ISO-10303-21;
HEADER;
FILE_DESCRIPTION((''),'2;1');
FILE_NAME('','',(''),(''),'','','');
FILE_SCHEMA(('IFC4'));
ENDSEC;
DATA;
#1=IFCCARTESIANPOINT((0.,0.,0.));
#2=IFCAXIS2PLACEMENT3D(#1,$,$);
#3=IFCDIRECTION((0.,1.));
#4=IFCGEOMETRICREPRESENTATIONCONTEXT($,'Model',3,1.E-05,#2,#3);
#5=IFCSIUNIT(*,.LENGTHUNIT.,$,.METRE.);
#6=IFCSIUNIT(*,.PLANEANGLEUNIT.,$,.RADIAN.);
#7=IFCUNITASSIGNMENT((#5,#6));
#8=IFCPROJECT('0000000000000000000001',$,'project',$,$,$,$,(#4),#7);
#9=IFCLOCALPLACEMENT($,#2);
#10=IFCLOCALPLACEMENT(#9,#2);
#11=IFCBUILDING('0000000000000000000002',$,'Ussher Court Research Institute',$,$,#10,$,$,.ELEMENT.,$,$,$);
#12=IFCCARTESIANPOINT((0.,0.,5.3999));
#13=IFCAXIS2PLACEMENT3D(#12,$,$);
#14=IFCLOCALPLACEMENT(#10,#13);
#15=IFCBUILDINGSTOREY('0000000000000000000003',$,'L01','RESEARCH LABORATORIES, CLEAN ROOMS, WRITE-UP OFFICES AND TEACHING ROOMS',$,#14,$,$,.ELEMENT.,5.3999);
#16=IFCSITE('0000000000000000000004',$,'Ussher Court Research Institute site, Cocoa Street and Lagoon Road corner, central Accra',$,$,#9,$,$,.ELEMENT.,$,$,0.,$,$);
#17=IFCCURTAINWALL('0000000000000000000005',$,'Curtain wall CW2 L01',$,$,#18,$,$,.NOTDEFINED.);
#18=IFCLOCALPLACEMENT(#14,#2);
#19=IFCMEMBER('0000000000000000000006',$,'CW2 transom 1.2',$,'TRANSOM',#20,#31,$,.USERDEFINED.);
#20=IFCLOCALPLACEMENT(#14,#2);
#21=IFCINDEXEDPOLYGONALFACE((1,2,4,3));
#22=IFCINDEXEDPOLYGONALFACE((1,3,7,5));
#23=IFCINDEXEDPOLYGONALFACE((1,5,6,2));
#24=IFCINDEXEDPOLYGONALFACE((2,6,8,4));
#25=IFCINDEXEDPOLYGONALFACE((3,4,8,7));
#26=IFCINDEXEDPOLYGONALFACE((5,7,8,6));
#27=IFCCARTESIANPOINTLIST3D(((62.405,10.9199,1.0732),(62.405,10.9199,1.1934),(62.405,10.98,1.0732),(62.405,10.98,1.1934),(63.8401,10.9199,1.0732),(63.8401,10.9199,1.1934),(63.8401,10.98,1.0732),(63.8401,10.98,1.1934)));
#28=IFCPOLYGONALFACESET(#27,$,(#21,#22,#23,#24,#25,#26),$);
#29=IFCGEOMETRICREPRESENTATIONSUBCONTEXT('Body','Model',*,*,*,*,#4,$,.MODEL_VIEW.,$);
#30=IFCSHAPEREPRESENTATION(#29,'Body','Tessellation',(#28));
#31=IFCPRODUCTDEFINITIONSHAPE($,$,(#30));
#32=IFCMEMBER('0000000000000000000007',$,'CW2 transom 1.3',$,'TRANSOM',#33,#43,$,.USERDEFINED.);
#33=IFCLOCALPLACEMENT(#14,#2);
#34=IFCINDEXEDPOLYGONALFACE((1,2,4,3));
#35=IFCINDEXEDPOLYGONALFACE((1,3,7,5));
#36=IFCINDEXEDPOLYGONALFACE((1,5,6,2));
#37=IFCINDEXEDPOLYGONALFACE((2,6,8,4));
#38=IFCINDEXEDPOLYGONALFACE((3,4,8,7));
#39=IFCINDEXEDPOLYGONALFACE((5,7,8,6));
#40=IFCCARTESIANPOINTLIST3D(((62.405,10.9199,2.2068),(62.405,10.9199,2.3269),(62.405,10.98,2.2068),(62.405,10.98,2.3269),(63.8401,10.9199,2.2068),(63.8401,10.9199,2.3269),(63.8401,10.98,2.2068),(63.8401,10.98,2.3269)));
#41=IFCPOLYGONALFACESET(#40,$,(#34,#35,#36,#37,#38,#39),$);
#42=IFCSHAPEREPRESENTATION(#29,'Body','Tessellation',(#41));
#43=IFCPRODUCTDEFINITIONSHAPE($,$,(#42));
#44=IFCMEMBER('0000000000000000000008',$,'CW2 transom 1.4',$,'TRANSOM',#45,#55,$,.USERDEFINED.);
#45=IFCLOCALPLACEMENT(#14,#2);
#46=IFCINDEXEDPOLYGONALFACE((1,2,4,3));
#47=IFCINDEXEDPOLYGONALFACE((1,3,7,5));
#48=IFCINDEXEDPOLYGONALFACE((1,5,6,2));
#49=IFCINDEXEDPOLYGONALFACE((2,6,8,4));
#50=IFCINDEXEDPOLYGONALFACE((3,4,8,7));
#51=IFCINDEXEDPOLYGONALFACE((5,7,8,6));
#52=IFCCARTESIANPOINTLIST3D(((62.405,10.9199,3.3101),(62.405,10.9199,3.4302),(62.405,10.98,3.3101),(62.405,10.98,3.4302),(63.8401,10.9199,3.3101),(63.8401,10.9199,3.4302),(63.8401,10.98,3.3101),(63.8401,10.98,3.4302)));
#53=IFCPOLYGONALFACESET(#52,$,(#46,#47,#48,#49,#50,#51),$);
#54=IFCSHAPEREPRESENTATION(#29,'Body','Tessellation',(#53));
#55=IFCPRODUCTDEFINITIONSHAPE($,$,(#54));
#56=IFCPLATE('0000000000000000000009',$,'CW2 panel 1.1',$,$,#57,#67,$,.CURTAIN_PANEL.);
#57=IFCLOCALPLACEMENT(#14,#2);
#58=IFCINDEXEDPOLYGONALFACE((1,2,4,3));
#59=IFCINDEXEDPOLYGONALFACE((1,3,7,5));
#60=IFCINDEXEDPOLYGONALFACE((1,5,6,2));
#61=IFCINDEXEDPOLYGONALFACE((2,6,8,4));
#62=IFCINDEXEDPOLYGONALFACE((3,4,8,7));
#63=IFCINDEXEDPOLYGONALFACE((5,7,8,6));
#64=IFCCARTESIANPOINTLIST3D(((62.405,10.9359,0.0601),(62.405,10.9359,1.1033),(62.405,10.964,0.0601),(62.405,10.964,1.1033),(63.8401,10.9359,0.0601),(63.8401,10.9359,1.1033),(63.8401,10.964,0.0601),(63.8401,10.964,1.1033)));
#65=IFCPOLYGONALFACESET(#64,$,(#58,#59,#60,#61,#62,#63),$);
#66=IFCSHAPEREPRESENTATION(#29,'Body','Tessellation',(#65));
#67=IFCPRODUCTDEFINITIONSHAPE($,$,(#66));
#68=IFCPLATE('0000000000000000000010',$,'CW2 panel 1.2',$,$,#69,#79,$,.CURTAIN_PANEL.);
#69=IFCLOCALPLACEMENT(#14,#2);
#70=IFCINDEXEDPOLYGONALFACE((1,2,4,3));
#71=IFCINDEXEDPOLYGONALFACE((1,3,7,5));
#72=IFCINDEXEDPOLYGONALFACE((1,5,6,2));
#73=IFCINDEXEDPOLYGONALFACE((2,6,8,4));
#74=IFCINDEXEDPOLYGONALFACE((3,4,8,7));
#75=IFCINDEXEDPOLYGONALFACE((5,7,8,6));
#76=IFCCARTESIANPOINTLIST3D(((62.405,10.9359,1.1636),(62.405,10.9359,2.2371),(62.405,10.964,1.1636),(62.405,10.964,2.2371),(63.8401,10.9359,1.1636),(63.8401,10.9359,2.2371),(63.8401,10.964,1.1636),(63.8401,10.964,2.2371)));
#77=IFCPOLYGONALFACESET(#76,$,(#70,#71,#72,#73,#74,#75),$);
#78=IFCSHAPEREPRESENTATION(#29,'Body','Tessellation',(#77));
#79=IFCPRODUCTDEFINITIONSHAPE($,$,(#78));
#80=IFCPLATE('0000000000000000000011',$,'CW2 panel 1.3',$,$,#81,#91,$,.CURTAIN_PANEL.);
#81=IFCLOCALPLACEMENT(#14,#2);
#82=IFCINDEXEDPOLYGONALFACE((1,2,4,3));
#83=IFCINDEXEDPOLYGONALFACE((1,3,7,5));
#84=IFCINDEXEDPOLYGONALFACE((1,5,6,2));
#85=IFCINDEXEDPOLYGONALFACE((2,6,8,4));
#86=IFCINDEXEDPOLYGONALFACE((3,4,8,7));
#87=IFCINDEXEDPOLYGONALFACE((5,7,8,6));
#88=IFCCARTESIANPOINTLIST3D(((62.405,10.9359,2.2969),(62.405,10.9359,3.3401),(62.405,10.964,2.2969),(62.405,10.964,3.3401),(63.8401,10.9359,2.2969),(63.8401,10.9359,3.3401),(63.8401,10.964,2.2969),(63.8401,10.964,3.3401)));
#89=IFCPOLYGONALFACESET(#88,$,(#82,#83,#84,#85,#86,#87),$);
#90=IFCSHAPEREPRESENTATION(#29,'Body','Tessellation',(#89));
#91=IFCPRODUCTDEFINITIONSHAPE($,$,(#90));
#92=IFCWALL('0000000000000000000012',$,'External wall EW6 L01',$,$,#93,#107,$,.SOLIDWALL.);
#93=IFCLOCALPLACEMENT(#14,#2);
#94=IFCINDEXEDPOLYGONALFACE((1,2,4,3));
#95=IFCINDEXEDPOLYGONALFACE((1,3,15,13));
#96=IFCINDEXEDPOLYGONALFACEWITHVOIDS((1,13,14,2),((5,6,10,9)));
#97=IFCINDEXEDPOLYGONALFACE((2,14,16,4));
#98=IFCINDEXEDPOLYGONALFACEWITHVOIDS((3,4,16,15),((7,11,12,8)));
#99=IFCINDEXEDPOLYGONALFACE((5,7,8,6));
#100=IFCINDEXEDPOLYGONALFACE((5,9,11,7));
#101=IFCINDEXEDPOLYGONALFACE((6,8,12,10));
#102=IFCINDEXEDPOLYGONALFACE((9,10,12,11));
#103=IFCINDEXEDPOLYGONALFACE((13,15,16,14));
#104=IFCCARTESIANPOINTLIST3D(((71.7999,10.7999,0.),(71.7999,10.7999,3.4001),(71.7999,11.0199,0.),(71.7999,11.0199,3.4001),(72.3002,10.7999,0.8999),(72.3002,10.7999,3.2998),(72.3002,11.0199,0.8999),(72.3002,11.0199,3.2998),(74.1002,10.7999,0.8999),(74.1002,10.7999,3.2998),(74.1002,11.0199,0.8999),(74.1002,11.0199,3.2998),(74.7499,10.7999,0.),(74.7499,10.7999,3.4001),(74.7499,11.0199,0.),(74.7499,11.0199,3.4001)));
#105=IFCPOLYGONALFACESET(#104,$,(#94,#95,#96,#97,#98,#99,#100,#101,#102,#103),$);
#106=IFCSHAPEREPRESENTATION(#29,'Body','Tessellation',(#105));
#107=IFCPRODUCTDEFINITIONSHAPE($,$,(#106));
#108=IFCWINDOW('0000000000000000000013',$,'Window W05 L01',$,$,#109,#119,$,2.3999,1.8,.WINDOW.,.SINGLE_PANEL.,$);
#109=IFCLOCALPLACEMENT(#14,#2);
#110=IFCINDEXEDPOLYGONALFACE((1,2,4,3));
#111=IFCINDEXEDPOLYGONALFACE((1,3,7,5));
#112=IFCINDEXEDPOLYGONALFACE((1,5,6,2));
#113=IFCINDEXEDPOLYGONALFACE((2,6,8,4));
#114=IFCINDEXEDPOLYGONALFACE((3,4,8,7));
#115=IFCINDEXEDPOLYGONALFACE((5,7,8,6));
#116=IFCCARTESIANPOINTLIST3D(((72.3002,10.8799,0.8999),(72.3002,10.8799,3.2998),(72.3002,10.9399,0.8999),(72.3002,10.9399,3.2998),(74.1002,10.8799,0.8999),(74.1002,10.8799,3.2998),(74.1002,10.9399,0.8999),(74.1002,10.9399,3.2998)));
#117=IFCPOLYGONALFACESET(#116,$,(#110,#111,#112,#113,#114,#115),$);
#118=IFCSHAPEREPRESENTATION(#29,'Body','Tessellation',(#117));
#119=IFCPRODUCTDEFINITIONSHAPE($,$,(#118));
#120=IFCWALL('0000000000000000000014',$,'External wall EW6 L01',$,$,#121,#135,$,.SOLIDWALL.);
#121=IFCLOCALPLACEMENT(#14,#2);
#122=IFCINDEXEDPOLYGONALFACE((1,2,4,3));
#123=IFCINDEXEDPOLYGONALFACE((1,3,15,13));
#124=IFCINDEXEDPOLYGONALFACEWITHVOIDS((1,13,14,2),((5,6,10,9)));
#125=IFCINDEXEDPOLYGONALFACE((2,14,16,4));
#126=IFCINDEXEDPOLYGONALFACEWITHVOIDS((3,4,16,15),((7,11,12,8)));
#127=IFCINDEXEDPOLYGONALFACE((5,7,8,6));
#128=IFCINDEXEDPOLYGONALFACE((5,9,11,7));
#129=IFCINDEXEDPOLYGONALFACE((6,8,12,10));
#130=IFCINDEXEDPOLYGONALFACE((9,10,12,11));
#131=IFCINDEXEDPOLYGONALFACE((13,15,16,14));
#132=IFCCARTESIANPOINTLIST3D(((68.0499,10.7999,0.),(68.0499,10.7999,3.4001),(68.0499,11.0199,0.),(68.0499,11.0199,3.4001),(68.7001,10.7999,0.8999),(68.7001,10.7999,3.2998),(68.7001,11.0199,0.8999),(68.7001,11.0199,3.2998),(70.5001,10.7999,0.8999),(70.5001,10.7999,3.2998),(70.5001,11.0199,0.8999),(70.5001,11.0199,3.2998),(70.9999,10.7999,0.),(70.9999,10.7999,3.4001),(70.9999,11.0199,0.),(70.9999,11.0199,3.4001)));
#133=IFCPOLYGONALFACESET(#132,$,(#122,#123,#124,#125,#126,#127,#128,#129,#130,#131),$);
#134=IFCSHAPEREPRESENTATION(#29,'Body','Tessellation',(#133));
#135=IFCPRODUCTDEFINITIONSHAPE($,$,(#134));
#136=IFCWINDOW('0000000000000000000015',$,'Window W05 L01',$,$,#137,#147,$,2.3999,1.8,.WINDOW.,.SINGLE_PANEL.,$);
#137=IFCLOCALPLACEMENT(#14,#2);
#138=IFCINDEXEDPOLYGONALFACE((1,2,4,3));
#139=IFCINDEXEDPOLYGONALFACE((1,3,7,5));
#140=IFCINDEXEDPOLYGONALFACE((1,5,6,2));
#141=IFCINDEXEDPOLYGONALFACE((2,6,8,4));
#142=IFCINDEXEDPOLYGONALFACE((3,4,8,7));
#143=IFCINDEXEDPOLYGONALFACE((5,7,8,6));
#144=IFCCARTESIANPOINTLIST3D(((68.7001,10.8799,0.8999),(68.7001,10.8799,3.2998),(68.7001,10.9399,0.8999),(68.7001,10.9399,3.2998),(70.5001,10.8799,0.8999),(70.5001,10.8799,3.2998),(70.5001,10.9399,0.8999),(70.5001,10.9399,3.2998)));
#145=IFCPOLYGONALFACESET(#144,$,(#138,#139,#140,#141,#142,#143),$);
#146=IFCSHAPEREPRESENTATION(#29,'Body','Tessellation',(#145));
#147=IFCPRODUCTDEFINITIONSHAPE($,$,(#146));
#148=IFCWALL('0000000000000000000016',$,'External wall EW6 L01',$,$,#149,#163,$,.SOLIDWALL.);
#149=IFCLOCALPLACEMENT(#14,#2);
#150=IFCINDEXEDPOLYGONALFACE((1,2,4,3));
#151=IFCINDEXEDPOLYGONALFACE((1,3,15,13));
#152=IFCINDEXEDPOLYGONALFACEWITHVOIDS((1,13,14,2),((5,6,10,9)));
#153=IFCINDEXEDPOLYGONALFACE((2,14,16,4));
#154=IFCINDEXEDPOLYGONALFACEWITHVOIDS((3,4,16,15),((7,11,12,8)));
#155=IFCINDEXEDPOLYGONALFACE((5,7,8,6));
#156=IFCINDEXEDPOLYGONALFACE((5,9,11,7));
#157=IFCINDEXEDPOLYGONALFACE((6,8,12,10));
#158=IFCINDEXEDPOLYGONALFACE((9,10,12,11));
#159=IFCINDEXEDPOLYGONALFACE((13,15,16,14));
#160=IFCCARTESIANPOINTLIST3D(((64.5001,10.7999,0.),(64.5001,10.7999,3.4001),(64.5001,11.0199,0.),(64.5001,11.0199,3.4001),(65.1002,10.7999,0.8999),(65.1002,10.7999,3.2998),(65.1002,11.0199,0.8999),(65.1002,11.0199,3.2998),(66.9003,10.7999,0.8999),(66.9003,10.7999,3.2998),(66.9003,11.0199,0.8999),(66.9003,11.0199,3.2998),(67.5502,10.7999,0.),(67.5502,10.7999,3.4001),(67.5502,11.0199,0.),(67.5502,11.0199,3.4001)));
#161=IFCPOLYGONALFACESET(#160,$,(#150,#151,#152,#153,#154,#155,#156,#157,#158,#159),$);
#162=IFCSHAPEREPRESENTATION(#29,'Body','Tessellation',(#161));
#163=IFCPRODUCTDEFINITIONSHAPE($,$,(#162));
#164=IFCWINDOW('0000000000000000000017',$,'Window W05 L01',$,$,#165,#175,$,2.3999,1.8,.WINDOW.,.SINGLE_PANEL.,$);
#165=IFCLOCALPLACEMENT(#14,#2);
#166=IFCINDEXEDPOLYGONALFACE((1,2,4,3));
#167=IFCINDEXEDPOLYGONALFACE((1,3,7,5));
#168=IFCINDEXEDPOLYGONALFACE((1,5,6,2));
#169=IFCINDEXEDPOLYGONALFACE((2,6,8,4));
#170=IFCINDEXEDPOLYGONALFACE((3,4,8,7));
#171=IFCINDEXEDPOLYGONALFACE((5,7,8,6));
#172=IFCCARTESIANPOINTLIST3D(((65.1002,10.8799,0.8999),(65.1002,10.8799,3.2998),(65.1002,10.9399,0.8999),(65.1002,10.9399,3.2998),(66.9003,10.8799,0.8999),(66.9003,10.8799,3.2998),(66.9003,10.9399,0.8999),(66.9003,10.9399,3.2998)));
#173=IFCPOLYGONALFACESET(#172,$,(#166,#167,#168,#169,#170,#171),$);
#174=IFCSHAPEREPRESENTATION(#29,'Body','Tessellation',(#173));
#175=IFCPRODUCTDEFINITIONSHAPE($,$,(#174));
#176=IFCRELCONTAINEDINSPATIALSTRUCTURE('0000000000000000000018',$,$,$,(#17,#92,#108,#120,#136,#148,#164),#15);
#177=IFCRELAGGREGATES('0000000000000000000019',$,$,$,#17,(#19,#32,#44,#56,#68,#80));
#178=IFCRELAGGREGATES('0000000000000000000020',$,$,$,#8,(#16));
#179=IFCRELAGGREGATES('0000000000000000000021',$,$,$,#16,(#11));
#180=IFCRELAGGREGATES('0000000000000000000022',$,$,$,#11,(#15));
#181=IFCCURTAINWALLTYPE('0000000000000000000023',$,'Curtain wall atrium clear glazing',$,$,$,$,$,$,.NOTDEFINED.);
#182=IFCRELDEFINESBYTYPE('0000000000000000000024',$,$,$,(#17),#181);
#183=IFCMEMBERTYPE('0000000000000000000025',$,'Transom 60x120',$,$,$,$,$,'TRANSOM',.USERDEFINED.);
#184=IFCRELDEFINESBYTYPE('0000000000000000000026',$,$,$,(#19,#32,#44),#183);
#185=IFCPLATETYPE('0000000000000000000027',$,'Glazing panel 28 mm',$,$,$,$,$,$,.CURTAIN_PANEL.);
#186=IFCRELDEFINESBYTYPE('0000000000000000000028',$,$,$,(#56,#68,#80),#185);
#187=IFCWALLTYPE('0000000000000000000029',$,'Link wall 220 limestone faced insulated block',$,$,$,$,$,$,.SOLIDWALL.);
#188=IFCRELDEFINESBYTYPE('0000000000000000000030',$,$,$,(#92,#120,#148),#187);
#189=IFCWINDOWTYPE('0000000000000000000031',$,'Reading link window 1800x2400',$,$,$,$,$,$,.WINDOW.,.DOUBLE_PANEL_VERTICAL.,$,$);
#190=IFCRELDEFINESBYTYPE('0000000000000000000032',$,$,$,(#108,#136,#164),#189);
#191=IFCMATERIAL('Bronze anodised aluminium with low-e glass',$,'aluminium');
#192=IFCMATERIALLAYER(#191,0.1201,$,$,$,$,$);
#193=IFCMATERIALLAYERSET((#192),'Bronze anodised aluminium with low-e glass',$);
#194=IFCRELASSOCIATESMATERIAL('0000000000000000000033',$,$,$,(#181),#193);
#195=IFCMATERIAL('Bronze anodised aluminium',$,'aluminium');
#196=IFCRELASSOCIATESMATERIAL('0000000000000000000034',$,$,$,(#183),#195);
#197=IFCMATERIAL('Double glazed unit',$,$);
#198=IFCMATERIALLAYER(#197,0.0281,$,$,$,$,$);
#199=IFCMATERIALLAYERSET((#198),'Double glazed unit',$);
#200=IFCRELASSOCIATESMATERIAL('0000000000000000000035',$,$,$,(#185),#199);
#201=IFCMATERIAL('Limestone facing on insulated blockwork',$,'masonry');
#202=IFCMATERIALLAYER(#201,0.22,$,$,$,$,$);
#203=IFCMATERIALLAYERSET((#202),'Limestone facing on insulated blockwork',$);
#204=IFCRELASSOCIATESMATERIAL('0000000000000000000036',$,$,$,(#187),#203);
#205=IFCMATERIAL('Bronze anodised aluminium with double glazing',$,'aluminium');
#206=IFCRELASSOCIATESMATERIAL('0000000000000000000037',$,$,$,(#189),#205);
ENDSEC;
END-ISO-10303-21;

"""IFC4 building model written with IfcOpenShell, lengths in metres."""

from ifc_helpers import new_model, si_unit, direction, frame, frame_2d, origin, origin_2d, place, context, subcontext, project, spatial, rectangle, extrude, material, layer, layer_set, material_profile, profile_set, type_object, element, fill, aggregate, save


model = new_model("IFC4")

# Units and contexts
model_context = context("Model", 3, precision=1e-05, world=origin(), true_north=direction((0.0, 1.0)))
body_context = subcontext(model_context, "Body", "Model", "MODEL_VIEW")
ifc_project = project(units=[si_unit("LENGTHUNIT", "METRE"), si_unit("PLANEANGLEUNIT", "RADIAN")], contexts=[model_context])

# Site, building, storey
site_placement = place(None, origin())
site = spatial("IfcSite", under=ifc_project, at=site_placement, Name="Ussher Court Research Institute site, Cocoa Street and Lagoon Road corner, central Accra", CompositionType="ELEMENT", RefElevation=0.0)
building_placement = place(site_placement, origin())
building = spatial("IfcBuilding", under=site, at=building_placement, Name="Ussher Court Research Institute", CompositionType="ELEMENT")
storey_placement = place(building_placement, frame((0.0, 0.0, 5.3999)))
storey = spatial("IfcBuildingStorey", under=building, at=storey_placement, Name="L01", Description="RESEARCH LABORATORIES, CLEAN ROOMS, WRITE-UP OFFICES AND TEACHING ROOMS", CompositionType="ELEMENT", Elevation=5.3999)

# Curtain wall
ifc_material_1 = material(Name="Bronze anodised aluminium with low-e glass", Category="aluminium")
ifc_layer_1 = layer(ifc_material_1, 0.1201)
ifc_layer_set_1 = layer_set([ifc_layer_1], Name="Bronze anodised aluminium with low-e glass")
curtain_wall_type = type_object("IfcCurtainWallType", Name="Curtain wall atrium clear glazing", PredefinedType="NOTDEFINED", material=ifc_layer_set_1)
curtain_wall_placement = place(storey_placement, origin())
curtain_wall = element("IfcCurtainWall", 1, at=curtain_wall_placement, inside=storey, type_object=curtain_wall_type, Name="Curtain wall CW2 L01", PredefinedType="NOTDEFINED")

# Members
ifc_material_2 = material(Name="Bronze anodised aluminium", Category="aluminium")
ifc_material_profile_1 = material_profile(ifc_material_2, rectangle(XDim=0.0601, YDim=0.1201, at=origin_2d()), Name="Transom 60x120")
ifc_profile_set_1 = profile_set([ifc_material_profile_1], Name="Bronze anodised aluminium")
member_type_1 = type_object("IfcMemberType", Name="Transom 60x120", ElementType="TRANSOM", PredefinedType="USERDEFINED", material=ifc_profile_set_1)
member_1_placement = place(storey_placement, frame((63.8401, 10.95, 1.1333), z_axis=(-1.0, 0.0, 0.0), x_axis=(0.0, -1.0, 0.0)))
member_1 = element("IfcMember", 2, at=member_1_placement, type_object=member_type_1, Name="CW2 transom 1.2", ObjectType="TRANSOM", PredefinedType="USERDEFINED", context=body_context, shape_type="SweptSolid", body=[
    extrude(rectangle(XDim=0.0601, YDim=0.1201, at=origin_2d()), origin(), (0.0, 0.0, 1.0), 1.4351),
])
member_2_placement = place(storey_placement, frame((63.8401, 10.95, 2.2668), z_axis=(-1.0, 0.0, 0.0), x_axis=(0.0, -1.0, 0.0)))
member_2 = element("IfcMember", 3, at=member_2_placement, type_object=member_type_1, Name="CW2 transom 1.3", ObjectType="TRANSOM", PredefinedType="USERDEFINED", context=body_context, shape_type="SweptSolid", body=[
    extrude(rectangle(XDim=0.0601, YDim=0.1201, at=origin_2d()), origin(), (0.0, 0.0, 1.0), 1.4351),
])
member_3_placement = place(storey_placement, frame((63.8401, 10.95, 3.3701), z_axis=(-1.0, 0.0, 0.0), x_axis=(0.0, -1.0, 0.0)))
member_3 = element("IfcMember", 4, at=member_3_placement, type_object=member_type_1, Name="CW2 transom 1.4", ObjectType="TRANSOM", PredefinedType="USERDEFINED", context=body_context, shape_type="SweptSolid", body=[
    extrude(rectangle(XDim=0.0601, YDim=0.1201, at=origin_2d()), origin(), (0.0, 0.0, 1.0), 1.4351),
])

# Plates
ifc_material_3 = material(Name="Double glazed unit")
ifc_layer_2 = layer(ifc_material_3, 0.0281)
ifc_layer_set_2 = layer_set([ifc_layer_2], Name="Double glazed unit")
plate_type = type_object("IfcPlateType", Name="Glazing panel 28 mm", PredefinedType="CURTAIN_PANEL", material=ifc_layer_set_2)
plate_1_placement = place(storey_placement, frame((63.1226, 10.95, 0.0601), z_axis=(0.0, 0.0, 1.0), x_axis=(-1.0, 0.0, 0.0)))
plate_1 = element("IfcPlate", 5, at=plate_1_placement, type_object=plate_type, Name="CW2 panel 1.1", PredefinedType="CURTAIN_PANEL", context=body_context, shape_type="SweptSolid", body=[
    extrude(rectangle(XDim=1.4351, YDim=0.0281, at=origin_2d()), origin(), (0.0, 0.0, 1.0), 1.0432),
])
plate_2_placement = place(storey_placement, frame((63.1226, 10.95, 1.1636), z_axis=(0.0, 0.0, 1.0), x_axis=(-1.0, 0.0, 0.0)))
plate_2 = element("IfcPlate", 6, at=plate_2_placement, type_object=plate_type, Name="CW2 panel 1.2", PredefinedType="CURTAIN_PANEL", context=body_context, shape_type="SweptSolid", body=[
    extrude(rectangle(XDim=1.4351, YDim=0.0281, at=origin_2d()), origin(), (0.0, 0.0, 1.0), 1.0735),
])
plate_3_placement = place(storey_placement, frame((63.1226, 10.95, 2.2969), z_axis=(0.0, 0.0, 1.0), x_axis=(-1.0, 0.0, 0.0)))
plate_3 = element("IfcPlate", 7, at=plate_3_placement, type_object=plate_type, Name="CW2 panel 1.3", PredefinedType="CURTAIN_PANEL", context=body_context, shape_type="SweptSolid", body=[
    extrude(rectangle(XDim=1.4351, YDim=0.0281, at=origin_2d()), origin(), (0.0, 0.0, 1.0), 1.0432),
])
aggregate(curtain_wall, [member_1, member_2, member_3, plate_1, plate_2, plate_3])

# Walls, openings, windows
ifc_material_4 = material(Name="Limestone facing on insulated blockwork", Category="masonry")
ifc_layer_3 = layer(ifc_material_4, 0.22)
ifc_layer_set_3 = layer_set([ifc_layer_3], Name="Limestone facing on insulated blockwork")
wall_type_1 = type_object("IfcWallType", Name="Link wall 220 limestone faced insulated block", PredefinedType="SOLIDWALL", material=ifc_layer_set_3)
wall_1_placement = place(storey_placement, frame((74.75, 10.9099, 0.0), z_axis=(0.0, 0.0, 1.0), x_axis=(-1.0, 0.0, 0.0)))
wall_1 = element("IfcWall", 8, at=wall_1_placement, inside=storey, type_object=wall_type_1, Name="External wall EW6 L01", PredefinedType="SOLIDWALL", context=body_context, shape_type="SweptSolid", body=[
    extrude(rectangle(XDim=2.95, YDim=0.22, at=frame_2d((1.4751, 0.0))), origin(), (0.0, 0.0, 1.0), 3.4001),
])
opening_1_placement = place(wall_1_placement, frame((0.6499, 0.0, 0.8999)))
opening_1 = element("IfcOpeningElement", 9, at=opening_1_placement, cuts=wall_1, PredefinedType="OPENING", context=body_context, shape_type="SweptSolid", body=[
    extrude(rectangle(XDim=1.8, YDim=2.3999, at=frame_2d((0.8999, 1.2))), frame((0.0, 0.1201, 0.0), z_axis=(0.0, -1.0, 0.0), x_axis=(1.0, 0.0, 0.0)), (0.0, 0.0, 1.0), 0.24),
])
ifc_material_5 = material(Name="Bronze anodised aluminium with double glazing", Category="aluminium")
window_type = type_object("IfcWindowType", Name="Reading link window 1800x2400", PartitioningType="DOUBLE_PANEL_VERTICAL", PredefinedType="WINDOW", material=ifc_material_5)
window_1_placement = place(opening_1_placement, origin())
window_1 = element("IfcWindow", 10, at=window_1_placement, inside=storey, type_object=window_type, Name="Window W05 L01", OverallHeight=2.3999, OverallWidth=1.8, PartitioningType="SINGLE_PANEL", PredefinedType="WINDOW", context=body_context, shape_type="SweptSolid", body=[
    extrude(rectangle(XDim=1.8, YDim=2.3999, at=frame_2d((0.8999, 1.2))), frame((0.0, 0.03, 0.0), z_axis=(0.0, -1.0, 0.0), x_axis=(1.0, 0.0, 0.0)), (0.0, 0.0, 1.0), 0.0601),
])
fill(opening_1, window_1)
wall_2_placement = place(storey_placement, frame((71.0, 10.9099, 0.0), z_axis=(0.0, 0.0, 1.0), x_axis=(-1.0, 0.0, 0.0)))
wall_2 = element("IfcWall", 11, at=wall_2_placement, inside=storey, type_object=wall_type_1, Name="External wall EW6 L01", PredefinedType="SOLIDWALL", context=body_context, shape_type="SweptSolid", body=[
    extrude(rectangle(XDim=2.95, YDim=0.22, at=frame_2d((1.4751, 0.0))), origin(), (0.0, 0.0, 1.0), 3.4001),
])
opening_2_placement = place(wall_2_placement, frame((0.5, 0.0, 0.8999)))
opening_2 = element("IfcOpeningElement", 12, at=opening_2_placement, cuts=wall_2, PredefinedType="OPENING", context=body_context, shape_type="SweptSolid", body=[
    extrude(rectangle(XDim=1.8, YDim=2.3999, at=frame_2d((0.8999, 1.2))), frame((0.0, 0.1201, 0.0), z_axis=(0.0, -1.0, 0.0), x_axis=(1.0, 0.0, 0.0)), (0.0, 0.0, 1.0), 0.24),
])
window_2_placement = place(opening_2_placement, origin())
window_2 = element("IfcWindow", 13, at=window_2_placement, inside=storey, type_object=window_type, Name="Window W05 L01", OverallHeight=2.3999, OverallWidth=1.8, PartitioningType="SINGLE_PANEL", PredefinedType="WINDOW", context=body_context, shape_type="SweptSolid", body=[
    extrude(rectangle(XDim=1.8, YDim=2.3999, at=frame_2d((0.8999, 1.2))), frame((0.0, 0.03, 0.0), z_axis=(0.0, -1.0, 0.0), x_axis=(1.0, 0.0, 0.0)), (0.0, 0.0, 1.0), 0.0601),
])
fill(opening_2, window_2)
wall_3_placement = place(storey_placement, frame((67.55, 10.9099, 0.0), z_axis=(0.0, 0.0, 1.0), x_axis=(-1.0, 0.0, 0.0)))
wall_3 = element("IfcWall", 14, at=wall_3_placement, inside=storey, type_object=wall_type_1, Name="External wall EW6 L01", PredefinedType="SOLIDWALL", context=body_context, shape_type="SweptSolid", body=[
    extrude(rectangle(XDim=3.05, YDim=0.22, at=frame_2d((1.5249, 0.0))), origin(), (0.0, 0.0, 1.0), 3.4001),
])
opening_3_placement = place(wall_3_placement, frame((0.6499, 0.0, 0.8999)))
opening_3 = element("IfcOpeningElement", 15, at=opening_3_placement, cuts=wall_3, PredefinedType="OPENING", context=body_context, shape_type="SweptSolid", body=[
    extrude(rectangle(XDim=1.8, YDim=2.3999, at=frame_2d((0.8999, 1.2))), frame((0.0, 0.1201, 0.0), z_axis=(0.0, -1.0, 0.0), x_axis=(1.0, 0.0, 0.0)), (0.0, 0.0, 1.0), 0.24),
])
window_3_placement = place(opening_3_placement, origin())
window_3 = element("IfcWindow", 16, at=window_3_placement, inside=storey, type_object=window_type, Name="Window W05 L01", OverallHeight=2.3999, OverallWidth=1.8, PartitioningType="SINGLE_PANEL", PredefinedType="WINDOW", context=body_context, shape_type="SweptSolid", body=[
    extrude(rectangle(XDim=1.8, YDim=2.3999, at=frame_2d((0.8999, 1.2))), frame((0.0, 0.03, 0.0), z_axis=(0.0, -1.0, 0.0), x_axis=(1.0, 0.0, 0.0)), (0.0, 0.0, 1.0), 0.0601),
])
fill(opening_3, window_3)

save(model, "model.ifc")
